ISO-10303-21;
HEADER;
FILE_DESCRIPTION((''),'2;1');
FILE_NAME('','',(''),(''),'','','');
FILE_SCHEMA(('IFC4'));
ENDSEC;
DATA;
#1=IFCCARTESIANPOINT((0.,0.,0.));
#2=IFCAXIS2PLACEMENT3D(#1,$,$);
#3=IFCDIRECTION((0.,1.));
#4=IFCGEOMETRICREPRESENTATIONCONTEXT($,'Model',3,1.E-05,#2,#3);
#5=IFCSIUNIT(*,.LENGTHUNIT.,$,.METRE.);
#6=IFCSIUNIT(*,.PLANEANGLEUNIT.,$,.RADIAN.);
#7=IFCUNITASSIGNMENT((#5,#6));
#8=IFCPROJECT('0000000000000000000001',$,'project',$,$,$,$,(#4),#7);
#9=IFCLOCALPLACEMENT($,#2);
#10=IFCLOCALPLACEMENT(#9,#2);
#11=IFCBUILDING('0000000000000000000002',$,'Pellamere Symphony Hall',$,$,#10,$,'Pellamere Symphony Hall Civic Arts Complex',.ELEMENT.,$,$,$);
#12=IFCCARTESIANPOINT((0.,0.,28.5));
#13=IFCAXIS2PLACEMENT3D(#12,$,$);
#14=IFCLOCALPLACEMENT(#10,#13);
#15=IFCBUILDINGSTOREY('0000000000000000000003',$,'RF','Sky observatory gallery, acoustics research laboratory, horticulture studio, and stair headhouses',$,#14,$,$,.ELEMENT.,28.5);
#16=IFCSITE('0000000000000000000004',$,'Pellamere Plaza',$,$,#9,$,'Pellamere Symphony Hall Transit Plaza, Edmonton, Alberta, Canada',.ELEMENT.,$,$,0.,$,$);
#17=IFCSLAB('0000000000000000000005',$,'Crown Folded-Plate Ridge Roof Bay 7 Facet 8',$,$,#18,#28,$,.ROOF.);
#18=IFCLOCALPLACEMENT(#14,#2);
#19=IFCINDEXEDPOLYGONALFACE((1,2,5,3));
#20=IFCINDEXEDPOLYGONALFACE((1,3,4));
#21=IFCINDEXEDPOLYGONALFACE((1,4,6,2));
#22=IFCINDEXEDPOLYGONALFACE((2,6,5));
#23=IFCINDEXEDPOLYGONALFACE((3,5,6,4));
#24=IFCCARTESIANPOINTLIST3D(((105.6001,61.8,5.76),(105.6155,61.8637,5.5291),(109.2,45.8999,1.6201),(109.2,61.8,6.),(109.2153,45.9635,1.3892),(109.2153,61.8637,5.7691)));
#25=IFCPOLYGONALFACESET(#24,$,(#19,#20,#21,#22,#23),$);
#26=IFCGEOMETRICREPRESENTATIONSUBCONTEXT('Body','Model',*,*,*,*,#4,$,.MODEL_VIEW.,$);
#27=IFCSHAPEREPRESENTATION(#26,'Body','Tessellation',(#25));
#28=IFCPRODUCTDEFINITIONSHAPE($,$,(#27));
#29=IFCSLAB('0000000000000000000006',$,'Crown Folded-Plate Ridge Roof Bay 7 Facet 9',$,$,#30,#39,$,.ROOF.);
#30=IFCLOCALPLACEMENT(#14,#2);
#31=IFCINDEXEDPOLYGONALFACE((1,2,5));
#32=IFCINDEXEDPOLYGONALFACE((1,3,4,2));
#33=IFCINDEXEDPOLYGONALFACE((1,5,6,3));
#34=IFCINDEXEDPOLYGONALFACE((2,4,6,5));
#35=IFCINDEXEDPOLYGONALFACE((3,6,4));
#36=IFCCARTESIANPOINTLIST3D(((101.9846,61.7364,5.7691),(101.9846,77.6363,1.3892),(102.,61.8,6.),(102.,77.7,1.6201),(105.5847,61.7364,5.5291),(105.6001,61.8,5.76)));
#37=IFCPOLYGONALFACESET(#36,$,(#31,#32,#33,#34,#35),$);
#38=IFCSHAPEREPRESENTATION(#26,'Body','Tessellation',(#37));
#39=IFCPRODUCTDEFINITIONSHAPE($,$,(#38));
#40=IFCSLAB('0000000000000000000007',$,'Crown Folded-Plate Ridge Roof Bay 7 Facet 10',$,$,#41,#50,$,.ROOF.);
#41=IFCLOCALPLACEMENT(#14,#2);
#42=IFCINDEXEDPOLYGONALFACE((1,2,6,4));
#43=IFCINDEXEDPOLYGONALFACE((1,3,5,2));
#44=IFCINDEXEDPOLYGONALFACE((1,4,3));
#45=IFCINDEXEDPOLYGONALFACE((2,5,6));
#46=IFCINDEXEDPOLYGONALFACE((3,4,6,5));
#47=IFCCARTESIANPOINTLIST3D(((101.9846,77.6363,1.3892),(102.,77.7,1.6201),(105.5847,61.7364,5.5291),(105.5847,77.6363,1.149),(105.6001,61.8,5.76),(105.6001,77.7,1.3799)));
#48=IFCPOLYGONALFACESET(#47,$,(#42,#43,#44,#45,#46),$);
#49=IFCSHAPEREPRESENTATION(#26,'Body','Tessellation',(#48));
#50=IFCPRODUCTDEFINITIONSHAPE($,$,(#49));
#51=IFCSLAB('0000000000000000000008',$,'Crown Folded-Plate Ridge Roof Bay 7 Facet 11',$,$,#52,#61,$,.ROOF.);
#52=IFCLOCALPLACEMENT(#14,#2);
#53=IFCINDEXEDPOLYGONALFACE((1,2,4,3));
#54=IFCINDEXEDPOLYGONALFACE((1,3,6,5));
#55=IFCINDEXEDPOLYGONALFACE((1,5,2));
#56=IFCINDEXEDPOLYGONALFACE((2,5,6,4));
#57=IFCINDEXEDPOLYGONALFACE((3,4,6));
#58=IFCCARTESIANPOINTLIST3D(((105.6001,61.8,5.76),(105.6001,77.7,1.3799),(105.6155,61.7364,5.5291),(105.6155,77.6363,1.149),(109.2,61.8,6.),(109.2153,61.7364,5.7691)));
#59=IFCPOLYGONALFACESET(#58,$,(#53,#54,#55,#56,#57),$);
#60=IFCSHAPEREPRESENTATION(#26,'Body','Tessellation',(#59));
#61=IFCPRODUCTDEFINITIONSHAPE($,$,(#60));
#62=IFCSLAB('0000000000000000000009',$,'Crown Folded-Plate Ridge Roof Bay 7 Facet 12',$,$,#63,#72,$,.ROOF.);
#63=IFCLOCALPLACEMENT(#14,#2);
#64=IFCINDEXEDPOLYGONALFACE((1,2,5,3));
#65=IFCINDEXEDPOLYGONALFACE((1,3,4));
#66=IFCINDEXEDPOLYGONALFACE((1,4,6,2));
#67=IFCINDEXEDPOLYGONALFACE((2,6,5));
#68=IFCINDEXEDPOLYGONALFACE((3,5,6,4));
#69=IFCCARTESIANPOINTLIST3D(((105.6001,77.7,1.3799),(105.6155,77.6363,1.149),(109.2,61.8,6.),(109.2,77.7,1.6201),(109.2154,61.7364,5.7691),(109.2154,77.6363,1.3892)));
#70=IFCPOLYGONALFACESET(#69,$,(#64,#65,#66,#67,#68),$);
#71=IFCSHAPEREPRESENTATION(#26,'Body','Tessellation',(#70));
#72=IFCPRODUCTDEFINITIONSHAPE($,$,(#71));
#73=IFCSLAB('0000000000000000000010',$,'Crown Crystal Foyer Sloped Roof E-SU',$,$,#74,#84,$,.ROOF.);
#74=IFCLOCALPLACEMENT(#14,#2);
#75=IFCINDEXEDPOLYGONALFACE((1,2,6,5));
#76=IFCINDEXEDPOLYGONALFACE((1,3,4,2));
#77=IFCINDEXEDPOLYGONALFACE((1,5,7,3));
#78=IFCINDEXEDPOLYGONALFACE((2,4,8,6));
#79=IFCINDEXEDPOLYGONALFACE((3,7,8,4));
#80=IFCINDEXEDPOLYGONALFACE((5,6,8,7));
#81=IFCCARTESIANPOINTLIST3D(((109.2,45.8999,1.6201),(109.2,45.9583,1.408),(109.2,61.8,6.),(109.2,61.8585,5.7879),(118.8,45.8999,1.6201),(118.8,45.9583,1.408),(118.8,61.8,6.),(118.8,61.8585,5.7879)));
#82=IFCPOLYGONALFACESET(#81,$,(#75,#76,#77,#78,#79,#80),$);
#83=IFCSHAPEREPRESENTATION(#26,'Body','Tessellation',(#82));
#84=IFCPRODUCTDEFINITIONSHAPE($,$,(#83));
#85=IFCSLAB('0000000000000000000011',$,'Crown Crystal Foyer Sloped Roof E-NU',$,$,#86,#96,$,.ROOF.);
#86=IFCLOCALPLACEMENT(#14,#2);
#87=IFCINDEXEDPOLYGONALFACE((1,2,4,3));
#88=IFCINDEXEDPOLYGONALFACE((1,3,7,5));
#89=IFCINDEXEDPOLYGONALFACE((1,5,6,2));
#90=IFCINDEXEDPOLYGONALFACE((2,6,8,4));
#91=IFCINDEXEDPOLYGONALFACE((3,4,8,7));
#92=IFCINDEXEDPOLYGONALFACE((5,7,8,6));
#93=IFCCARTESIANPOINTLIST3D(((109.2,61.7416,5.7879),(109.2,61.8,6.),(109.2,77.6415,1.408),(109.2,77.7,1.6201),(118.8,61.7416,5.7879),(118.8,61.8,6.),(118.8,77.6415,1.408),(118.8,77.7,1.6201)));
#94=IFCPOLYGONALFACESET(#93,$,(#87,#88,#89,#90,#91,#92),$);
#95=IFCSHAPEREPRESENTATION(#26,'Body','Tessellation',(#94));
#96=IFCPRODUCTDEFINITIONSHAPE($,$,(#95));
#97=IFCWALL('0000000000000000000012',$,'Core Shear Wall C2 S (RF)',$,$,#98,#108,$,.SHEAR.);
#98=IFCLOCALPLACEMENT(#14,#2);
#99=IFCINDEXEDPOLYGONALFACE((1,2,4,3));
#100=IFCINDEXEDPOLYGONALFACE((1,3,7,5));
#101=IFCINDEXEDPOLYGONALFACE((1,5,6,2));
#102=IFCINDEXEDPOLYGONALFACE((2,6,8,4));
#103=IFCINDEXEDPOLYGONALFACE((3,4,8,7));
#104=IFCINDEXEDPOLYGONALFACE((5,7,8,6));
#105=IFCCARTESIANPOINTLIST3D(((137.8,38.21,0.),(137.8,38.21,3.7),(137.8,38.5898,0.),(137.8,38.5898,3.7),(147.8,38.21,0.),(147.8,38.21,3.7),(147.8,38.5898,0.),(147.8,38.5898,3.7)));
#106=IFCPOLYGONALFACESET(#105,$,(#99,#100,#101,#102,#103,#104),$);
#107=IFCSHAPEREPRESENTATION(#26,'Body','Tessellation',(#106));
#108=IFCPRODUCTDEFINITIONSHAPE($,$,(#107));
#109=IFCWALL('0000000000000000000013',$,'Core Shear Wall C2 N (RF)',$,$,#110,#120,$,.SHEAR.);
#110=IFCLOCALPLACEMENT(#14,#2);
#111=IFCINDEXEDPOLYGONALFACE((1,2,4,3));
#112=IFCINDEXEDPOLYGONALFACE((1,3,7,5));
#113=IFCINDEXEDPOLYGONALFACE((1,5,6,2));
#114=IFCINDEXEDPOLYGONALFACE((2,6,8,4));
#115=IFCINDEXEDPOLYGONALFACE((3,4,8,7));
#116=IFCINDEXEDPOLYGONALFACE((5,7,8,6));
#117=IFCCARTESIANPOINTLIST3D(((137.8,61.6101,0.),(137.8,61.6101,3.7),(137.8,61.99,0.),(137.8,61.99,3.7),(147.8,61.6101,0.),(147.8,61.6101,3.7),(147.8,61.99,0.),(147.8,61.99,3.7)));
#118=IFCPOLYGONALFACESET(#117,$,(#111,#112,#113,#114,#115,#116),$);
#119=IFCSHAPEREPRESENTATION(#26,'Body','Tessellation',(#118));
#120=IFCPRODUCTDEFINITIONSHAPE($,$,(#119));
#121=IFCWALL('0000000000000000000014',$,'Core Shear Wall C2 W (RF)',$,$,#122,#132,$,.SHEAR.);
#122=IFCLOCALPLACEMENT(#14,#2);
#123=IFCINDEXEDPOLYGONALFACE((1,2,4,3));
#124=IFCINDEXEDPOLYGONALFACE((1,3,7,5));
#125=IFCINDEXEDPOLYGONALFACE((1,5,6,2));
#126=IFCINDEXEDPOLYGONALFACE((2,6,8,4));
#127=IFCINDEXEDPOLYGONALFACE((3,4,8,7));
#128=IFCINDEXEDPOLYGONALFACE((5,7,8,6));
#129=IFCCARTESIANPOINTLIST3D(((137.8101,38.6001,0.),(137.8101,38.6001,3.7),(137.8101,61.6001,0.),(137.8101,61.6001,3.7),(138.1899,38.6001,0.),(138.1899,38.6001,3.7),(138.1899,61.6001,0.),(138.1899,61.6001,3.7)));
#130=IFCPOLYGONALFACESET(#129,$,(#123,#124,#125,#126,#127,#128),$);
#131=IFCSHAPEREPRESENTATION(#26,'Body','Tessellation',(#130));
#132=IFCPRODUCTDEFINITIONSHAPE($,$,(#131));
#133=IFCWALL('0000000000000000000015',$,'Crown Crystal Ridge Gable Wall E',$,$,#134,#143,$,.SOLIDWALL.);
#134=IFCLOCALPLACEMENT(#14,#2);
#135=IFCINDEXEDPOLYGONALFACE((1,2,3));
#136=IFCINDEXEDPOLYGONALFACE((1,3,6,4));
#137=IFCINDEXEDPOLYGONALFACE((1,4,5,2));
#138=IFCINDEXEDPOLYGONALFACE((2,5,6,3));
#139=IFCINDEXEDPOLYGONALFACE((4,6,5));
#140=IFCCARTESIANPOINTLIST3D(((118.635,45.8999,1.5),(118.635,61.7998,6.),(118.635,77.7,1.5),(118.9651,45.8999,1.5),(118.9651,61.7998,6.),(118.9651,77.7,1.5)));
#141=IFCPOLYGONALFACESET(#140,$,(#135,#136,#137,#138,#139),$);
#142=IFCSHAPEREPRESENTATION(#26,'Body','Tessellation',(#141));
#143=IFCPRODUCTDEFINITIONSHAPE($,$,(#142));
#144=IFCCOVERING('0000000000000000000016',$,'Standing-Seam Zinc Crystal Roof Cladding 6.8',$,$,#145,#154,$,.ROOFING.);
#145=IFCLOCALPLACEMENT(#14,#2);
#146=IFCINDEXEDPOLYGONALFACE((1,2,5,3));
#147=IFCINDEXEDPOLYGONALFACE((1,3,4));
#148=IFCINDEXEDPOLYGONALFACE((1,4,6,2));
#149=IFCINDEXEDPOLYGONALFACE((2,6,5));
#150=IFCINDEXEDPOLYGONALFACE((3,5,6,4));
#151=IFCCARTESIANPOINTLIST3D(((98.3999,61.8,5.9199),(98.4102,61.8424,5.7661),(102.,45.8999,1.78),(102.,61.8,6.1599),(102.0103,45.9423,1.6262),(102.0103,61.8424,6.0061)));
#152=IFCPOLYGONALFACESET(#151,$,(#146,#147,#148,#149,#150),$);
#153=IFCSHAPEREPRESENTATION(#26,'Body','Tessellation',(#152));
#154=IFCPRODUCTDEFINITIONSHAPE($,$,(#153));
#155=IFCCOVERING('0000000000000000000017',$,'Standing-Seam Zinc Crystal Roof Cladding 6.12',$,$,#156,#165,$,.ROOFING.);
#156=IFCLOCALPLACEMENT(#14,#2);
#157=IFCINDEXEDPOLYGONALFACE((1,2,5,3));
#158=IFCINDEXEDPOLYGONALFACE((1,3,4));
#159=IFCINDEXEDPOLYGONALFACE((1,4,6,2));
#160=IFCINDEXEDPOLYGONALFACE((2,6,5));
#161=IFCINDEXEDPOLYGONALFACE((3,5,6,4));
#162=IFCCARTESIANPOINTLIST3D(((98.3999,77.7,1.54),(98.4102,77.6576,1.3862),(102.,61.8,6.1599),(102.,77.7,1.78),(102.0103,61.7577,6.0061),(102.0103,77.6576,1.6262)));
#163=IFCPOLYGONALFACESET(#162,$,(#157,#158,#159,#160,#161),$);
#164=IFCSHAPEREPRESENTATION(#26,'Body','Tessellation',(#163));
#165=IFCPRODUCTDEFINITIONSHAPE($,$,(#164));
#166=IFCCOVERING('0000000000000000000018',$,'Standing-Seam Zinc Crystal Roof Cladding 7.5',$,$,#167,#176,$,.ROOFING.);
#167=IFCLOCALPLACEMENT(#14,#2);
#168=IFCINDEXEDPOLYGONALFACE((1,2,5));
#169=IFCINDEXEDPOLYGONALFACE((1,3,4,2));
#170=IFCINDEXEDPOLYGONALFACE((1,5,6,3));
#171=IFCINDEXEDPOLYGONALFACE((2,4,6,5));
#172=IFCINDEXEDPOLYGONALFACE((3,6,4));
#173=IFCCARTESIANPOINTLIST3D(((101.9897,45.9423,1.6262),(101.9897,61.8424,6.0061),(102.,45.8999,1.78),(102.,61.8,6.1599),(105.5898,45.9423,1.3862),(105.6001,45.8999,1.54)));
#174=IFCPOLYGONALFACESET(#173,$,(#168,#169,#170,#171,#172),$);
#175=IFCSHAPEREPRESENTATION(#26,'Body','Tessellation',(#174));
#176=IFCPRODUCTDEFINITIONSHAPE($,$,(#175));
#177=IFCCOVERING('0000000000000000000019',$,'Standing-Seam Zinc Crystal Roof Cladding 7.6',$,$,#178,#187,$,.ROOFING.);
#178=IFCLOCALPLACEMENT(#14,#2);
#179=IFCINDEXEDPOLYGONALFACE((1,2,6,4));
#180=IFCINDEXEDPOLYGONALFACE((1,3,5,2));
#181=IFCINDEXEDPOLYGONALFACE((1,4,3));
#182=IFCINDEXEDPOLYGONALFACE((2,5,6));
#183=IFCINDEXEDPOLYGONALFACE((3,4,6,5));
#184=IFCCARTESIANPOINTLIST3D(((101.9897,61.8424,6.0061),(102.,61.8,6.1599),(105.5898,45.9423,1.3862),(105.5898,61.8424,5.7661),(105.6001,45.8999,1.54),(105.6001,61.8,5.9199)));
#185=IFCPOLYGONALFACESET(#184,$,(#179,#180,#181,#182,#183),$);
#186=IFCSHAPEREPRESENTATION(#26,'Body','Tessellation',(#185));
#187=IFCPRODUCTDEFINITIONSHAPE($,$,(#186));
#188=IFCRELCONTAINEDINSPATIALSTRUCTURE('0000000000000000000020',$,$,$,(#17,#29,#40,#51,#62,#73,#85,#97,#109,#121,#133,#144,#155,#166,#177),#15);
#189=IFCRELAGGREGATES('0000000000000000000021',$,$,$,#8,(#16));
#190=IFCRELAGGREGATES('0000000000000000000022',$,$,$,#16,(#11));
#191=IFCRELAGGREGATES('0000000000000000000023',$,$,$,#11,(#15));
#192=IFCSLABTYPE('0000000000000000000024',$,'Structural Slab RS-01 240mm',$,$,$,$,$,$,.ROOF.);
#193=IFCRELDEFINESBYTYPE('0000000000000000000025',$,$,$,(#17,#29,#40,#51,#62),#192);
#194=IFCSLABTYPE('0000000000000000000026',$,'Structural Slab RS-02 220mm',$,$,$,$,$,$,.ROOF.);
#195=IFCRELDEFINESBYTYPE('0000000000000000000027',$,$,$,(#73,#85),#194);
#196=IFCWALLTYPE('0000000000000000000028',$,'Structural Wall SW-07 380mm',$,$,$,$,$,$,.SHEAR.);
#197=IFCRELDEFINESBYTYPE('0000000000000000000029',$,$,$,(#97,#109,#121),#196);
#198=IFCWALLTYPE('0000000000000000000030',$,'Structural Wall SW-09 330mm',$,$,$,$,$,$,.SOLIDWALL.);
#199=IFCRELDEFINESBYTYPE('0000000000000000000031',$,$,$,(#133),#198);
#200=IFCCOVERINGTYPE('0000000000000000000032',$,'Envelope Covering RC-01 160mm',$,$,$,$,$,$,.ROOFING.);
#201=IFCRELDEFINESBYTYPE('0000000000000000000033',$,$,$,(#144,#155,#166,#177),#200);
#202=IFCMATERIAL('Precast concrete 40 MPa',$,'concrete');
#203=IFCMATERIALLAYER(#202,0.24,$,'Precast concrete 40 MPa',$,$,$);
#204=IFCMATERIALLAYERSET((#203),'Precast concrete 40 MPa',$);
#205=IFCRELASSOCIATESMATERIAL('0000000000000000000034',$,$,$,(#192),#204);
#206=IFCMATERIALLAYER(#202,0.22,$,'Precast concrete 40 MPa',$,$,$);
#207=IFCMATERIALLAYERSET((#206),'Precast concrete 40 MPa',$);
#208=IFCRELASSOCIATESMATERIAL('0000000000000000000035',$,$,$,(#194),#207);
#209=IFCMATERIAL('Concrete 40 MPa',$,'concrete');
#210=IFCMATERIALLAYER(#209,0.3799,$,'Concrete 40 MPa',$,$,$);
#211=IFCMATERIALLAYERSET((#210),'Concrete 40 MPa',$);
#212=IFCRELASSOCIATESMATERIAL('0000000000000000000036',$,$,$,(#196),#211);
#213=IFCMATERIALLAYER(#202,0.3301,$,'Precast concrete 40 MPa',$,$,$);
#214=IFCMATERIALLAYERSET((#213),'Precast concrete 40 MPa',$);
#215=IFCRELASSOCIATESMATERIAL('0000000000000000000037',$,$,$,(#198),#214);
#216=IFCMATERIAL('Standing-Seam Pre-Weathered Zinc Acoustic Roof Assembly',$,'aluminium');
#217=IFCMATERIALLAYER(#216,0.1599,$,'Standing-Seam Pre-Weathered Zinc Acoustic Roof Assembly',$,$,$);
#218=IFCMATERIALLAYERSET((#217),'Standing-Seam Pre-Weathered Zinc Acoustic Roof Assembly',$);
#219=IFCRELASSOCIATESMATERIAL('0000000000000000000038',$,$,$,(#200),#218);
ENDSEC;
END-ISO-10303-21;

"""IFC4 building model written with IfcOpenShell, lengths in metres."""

from ifc_helpers import new_model, si_unit, direction, frame, frame_2d, origin, place, context, subcontext, project, spatial, polyline, rectangle, outline, extrude, material, layer, layer_set, type_object, element, save


model = new_model("IFC4")

# Units and contexts
model_context = context("Model", 3, precision=1e-05, world=origin(), true_north=direction((0.0, 1.0)))
body_context = subcontext(model_context, "Body", "Model", "MODEL_VIEW")
ifc_project = project(units=[si_unit("LENGTHUNIT", "METRE"), si_unit("PLANEANGLEUNIT", "RADIAN")], contexts=[model_context])

# Site, building, storey
site_placement = place(None, origin())
site = spatial("IfcSite", under=ifc_project, at=site_placement, Name="Pellamere Plaza", LongName="Pellamere Symphony Hall Transit Plaza, Edmonton, Alberta, Canada", CompositionType="ELEMENT", RefElevation=0.0)
building_placement = place(site_placement, origin())
building = spatial("IfcBuilding", under=site, at=building_placement, Name="Pellamere Symphony Hall", LongName="Pellamere Symphony Hall Civic Arts Complex", CompositionType="ELEMENT")
storey_placement = place(building_placement, frame((0.0, 0.0, 28.5)))
storey = spatial("IfcBuildingStorey", under=building, at=storey_placement, Name="RF", Description="Sky observatory gallery, acoustics research laboratory, horticulture studio, and stair headhouses", CompositionType="ELEMENT", Elevation=28.5)

# Shared definitions
ifc_material_1 = material(Name="Concrete 40 MPa", Category="concrete")

# Slabs
ifc_material_2 = material(Name="Precast concrete 40 MPa", Category="concrete")
ifc_layer_1 = layer(ifc_material_2, 0.24, Name="Precast concrete 40 MPa")
ifc_layer_set_1 = layer_set([ifc_layer_1], Name="Precast concrete 40 MPa")
slab_type_1 = type_object("IfcSlabType", Name="Structural Slab RS-01 240mm", PredefinedType="ROOF", material=ifc_layer_set_1)
slab_1_placement = place(storey_placement, frame((109.2, 45.8999, 1.6201), z_axis=(-0.06414, -0.265024, 0.962106), x_axis=(0.0, 0.964091, 0.26557)))
element("IfcSlab", 1, at=slab_1_placement, inside=storey, type_object=slab_type_1, Name="Crown Folded-Plate Ridge Roof Bay 7 Facet 8", PredefinedType="ROOF", context=body_context, shape_type="SweptSolid", body=[
    extrude(outline(polyline([(0.0, 0.0), (16.4924, 0.0), (16.4286, 3.6073), (0.0, 0.0)])), origin(), (0.0, 0.0, -1.0), 0.24),
])
slab_2_placement = place(storey_placement, frame((102.0, 61.8, 6.0), z_axis=(0.064136, 0.265027, 0.962106), x_axis=(0.997785, 0.0, -0.066515)))
element("IfcSlab", 2, at=slab_2_placement, inside=storey, type_object=slab_type_1, Name="Crown Folded-Plate Ridge Roof Bay 7 Facet 9", PredefinedType="ROOF", context=body_context, shape_type="SweptSolid", body=[
    extrude(outline(polyline([(0.0, 0.0), (3.6081, 0.0), (0.2913, 16.4896), (0.0, 0.0)])), origin(), (0.0, 0.0, -1.0), 0.24),
])
slab_3_placement = place(storey_placement, frame((105.6001, 61.8, 5.76), z_axis=(0.064201, 0.26504, 0.962098), x_axis=(0.0, 0.964087, -0.265588)))
element("IfcSlab", 3, at=slab_3_placement, inside=storey, type_object=slab_type_1, Name="Crown Folded-Plate Ridge Roof Bay 7 Facet 10", PredefinedType="ROOF", context=body_context, shape_type="SweptSolid", body=[
    extrude(outline(polyline([(0.0, 0.0), (16.4922, 0.0), (16.4284, 3.6075), (0.0, 0.0)])), origin(), (0.0, 0.0, -1.0), 0.24),
])
slab_4_placement = place(storey_placement, frame((105.6001, 61.8, 5.76), z_axis=(-0.06414, 0.265041, 0.962101), x_axis=(0.997785, 0.0, 0.066519)))
element("IfcSlab", 4, at=slab_4_placement, inside=storey, type_object=slab_type_1, Name="Crown Folded-Plate Ridge Roof Bay 7 Facet 11", PredefinedType="ROOF", context=body_context, shape_type="SweptSolid", body=[
    extrude(outline(polyline([(0.0, 0.0), (3.6078, 0.0), (-0.2914, 16.4896), (0.0, 0.0)])), origin(), (0.0, 0.0, -1.0), 0.24),
])
slab_5_placement = place(storey_placement, frame((109.2, 61.8, 6.0), z_axis=(-0.064205, 0.265026, 0.962101), x_axis=(0.0, 0.96409, -0.265574)))
element("IfcSlab", 5, at=slab_5_placement, inside=storey, type_object=slab_type_1, Name="Crown Folded-Plate Ridge Roof Bay 7 Facet 12", PredefinedType="ROOF", context=body_context, shape_type="SweptSolid", body=[
    extrude(outline(polyline([(0.0, 0.0), (16.4921, 0.0), (16.5559, 3.6073), (0.0, 0.0)])), origin(), (0.0, 0.0, -1.0), 0.24),
])
ifc_layer_2 = layer(ifc_material_2, 0.22, Name="Precast concrete 40 MPa")
ifc_layer_set_2 = layer_set([ifc_layer_2], Name="Precast concrete 40 MPa")
slab_type_2 = type_object("IfcSlabType", Name="Structural Slab RS-02 220mm", PredefinedType="ROOF", material=ifc_layer_set_2)
slab_6_placement = place(storey_placement, frame((109.2, 45.8999, 1.6201), z_axis=(0.0, -0.26557, 0.964091), x_axis=(1.0, 0.0, 0.0)))
element("IfcSlab", 6, at=slab_6_placement, inside=storey, type_object=slab_type_2, Name="Crown Crystal Foyer Sloped Roof E-SU", PredefinedType="ROOF", context=body_context, shape_type="SweptSolid", body=[
    extrude(outline(polyline([(0.0, 0.0), (9.6001, 0.0), (9.6001, 16.4924), (0.0, 16.4924), (0.0, 0.0)])), origin(), (0.0, 0.0, -1.0), 0.22),
])
slab_7_placement = place(storey_placement, frame((109.2, 61.8, 6.0), z_axis=(0.0, 0.265574, 0.96409), x_axis=(1.0, 0.0, 0.0)))
element("IfcSlab", 7, at=slab_7_placement, inside=storey, type_object=slab_type_2, Name="Crown Crystal Foyer Sloped Roof E-NU", PredefinedType="ROOF", context=body_context, shape_type="SweptSolid", body=[
    extrude(outline(polyline([(0.0, 0.0), (9.6001, 0.0), (9.6001, 16.4921), (0.0, 16.4921), (0.0, 0.0)])), origin(), (0.0, 0.0, -1.0), 0.22),
])

# Walls
ifc_layer_3 = layer(ifc_material_1, 0.3799, Name="Concrete 40 MPa")
ifc_layer_set_3 = layer_set([ifc_layer_3], Name="Concrete 40 MPa")
wall_type_1 = type_object("IfcWallType", Name="Structural Wall SW-07 380mm", PredefinedType="SHEAR", material=ifc_layer_set_3)
for number, where, z_axis, x_axis, name in (
    (8, (137.8, 38.3999, 0.0), (0.0, 0.0, 1.0), (1.0, 0.0, 0.0), "Core Shear Wall C2 S (RF)"),
    (9, (137.8, 61.8, 0.0), (0.0, 0.0, 1.0), (1.0, 0.0, 0.0), "Core Shear Wall C2 N (RF)"),
):
    element("IfcWall", number, at=place(storey_placement, frame(where, z_axis=z_axis, x_axis=x_axis)), inside=storey, type_object=wall_type_1, Name=name, PredefinedType="SHEAR", context=body_context, shape_type="SweptSolid", body=[
        extrude(rectangle(XDim=10.0, YDim=0.3799, at=frame_2d((5.0, 0.0))), origin(), (0.0, 0.0, 1.0), 3.7),
    ])
wall_1_placement = place(storey_placement, frame((138.0, 38.6001, 0.0), z_axis=(0.0, 0.0, 1.0), x_axis=(0.0, 1.0, 0.0)))
element("IfcWall", 10, at=wall_1_placement, inside=storey, type_object=wall_type_1, Name="Core Shear Wall C2 W (RF)", PredefinedType="SHEAR", context=body_context, shape_type="SweptSolid", body=[
    extrude(rectangle(XDim=23.0, YDim=0.3799, at=frame_2d((11.5, 0.0))), origin(), (0.0, 0.0, 1.0), 3.7),
])
ifc_layer_4 = layer(ifc_material_2, 0.3301, Name="Precast concrete 40 MPa")
ifc_layer_set_4 = layer_set([ifc_layer_4], Name="Precast concrete 40 MPa")
wall_type_2 = type_object("IfcWallType", Name="Structural Wall SW-09 330mm", PredefinedType="SOLIDWALL", material=ifc_layer_set_4)
wall_2_placement = place(storey_placement, frame((118.8, 45.8999, 1.5), z_axis=(0.0, 0.0, 1.0), x_axis=(0.0, 1.0, 0.0)))
element("IfcWall", 11, at=wall_2_placement, inside=storey, type_object=wall_type_2, Name="Crown Crystal Ridge Gable Wall E", PredefinedType="SOLIDWALL", context=body_context, shape_type="SweptSolid", body=[
    extrude(outline(polyline([(0.0, 0.0), (31.8, 0.0), (31.8, 0.0), (15.8999, 4.5), (0.0, 0.0), (0.0, 0.0)])), frame((0.0, 0.165, 0.0), z_axis=(0.0, -1.0, 0.0), x_axis=(1.0, 0.0, 0.0)), (0.0, 0.0, 1.0), 0.3301),
])

# Coverings
ifc_material_3 = material(Name="Standing-Seam Pre-Weathered Zinc Acoustic Roof Assembly", Category="aluminium")
ifc_layer_5 = layer(ifc_material_3, 0.1599, Name="Standing-Seam Pre-Weathered Zinc Acoustic Roof Assembly")
ifc_layer_set_5 = layer_set([ifc_layer_5], Name="Standing-Seam Pre-Weathered Zinc Acoustic Roof Assembly")
covering_type = type_object("IfcCoveringType", Name="Envelope Covering RC-01 160mm", PredefinedType="ROOFING", material=ifc_layer_set_5)
covering_1_placement = place(storey_placement, frame((102.0, 45.8999, 1.78), z_axis=(-0.064136, -0.265024, 0.962107), x_axis=(0.0, 0.964091, 0.26557)))
element("IfcCovering", 12, at=covering_1_placement, inside=storey, type_object=covering_type, Name="Standing-Seam Zinc Crystal Roof Cladding 6.8", PredefinedType="ROOFING", context=body_context, shape_type="SweptSolid", body=[
    extrude(outline(polyline([(0.0, 0.0), (16.4924, 0.0), (16.4286, 3.6075), (0.0, 0.0)])), origin(), (0.0, 0.0, -1.0), 0.1599),
])
covering_2_placement = place(storey_placement, frame((102.0, 61.8, 6.1599), z_axis=(-0.064136, 0.265027, 0.962106), x_axis=(0.0, 0.96409, -0.265574)))
element("IfcCovering", 13, at=covering_2_placement, inside=storey, type_object=covering_type, Name="Standing-Seam Zinc Crystal Roof Cladding 6.12", PredefinedType="ROOFING", context=body_context, shape_type="SweptSolid", body=[
    extrude(outline(polyline([(0.0, 0.0), (16.4921, 0.0), (16.5559, 3.6075), (0.0, 0.0)])), origin(), (0.0, 0.0, -1.0), 0.1599),
])
covering_3_placement = place(storey_placement, frame((102.0, 45.8999, 1.78), z_axis=(0.064136, -0.265024, 0.962107), x_axis=(0.997785, 0.0, -0.066515)))
element("IfcCovering", 14, at=covering_3_placement, inside=storey, type_object=covering_type, Name="Standing-Seam Zinc Crystal Roof Cladding 7.5", PredefinedType="ROOFING", context=body_context, shape_type="SweptSolid", body=[
    extrude(outline(polyline([(0.0, 0.0), (3.6081, 0.0), (-0.2913, 16.4898), (0.0, 0.0)])), origin(), (0.0, 0.0, -1.0), 0.1599),
])
covering_4_placement = place(storey_placement, frame((105.6001, 45.8999, 1.54), z_axis=(0.064136, -0.265024, 0.962107), x_axis=(0.0, 0.964091, 0.26557)))
element("IfcCovering", 15, at=covering_4_placement, inside=storey, type_object=covering_type, Name="Standing-Seam Zinc Crystal Roof Cladding 7.6", PredefinedType="ROOFING", context=body_context, shape_type="SweptSolid", body=[
    extrude(outline(polyline([(0.0, 0.0), (16.4924, 0.0), (16.5561, 3.6075), (0.0, 0.0)])), origin(), (0.0, 0.0, -1.0), 0.1599),
])

save(model, "model.ifc")
